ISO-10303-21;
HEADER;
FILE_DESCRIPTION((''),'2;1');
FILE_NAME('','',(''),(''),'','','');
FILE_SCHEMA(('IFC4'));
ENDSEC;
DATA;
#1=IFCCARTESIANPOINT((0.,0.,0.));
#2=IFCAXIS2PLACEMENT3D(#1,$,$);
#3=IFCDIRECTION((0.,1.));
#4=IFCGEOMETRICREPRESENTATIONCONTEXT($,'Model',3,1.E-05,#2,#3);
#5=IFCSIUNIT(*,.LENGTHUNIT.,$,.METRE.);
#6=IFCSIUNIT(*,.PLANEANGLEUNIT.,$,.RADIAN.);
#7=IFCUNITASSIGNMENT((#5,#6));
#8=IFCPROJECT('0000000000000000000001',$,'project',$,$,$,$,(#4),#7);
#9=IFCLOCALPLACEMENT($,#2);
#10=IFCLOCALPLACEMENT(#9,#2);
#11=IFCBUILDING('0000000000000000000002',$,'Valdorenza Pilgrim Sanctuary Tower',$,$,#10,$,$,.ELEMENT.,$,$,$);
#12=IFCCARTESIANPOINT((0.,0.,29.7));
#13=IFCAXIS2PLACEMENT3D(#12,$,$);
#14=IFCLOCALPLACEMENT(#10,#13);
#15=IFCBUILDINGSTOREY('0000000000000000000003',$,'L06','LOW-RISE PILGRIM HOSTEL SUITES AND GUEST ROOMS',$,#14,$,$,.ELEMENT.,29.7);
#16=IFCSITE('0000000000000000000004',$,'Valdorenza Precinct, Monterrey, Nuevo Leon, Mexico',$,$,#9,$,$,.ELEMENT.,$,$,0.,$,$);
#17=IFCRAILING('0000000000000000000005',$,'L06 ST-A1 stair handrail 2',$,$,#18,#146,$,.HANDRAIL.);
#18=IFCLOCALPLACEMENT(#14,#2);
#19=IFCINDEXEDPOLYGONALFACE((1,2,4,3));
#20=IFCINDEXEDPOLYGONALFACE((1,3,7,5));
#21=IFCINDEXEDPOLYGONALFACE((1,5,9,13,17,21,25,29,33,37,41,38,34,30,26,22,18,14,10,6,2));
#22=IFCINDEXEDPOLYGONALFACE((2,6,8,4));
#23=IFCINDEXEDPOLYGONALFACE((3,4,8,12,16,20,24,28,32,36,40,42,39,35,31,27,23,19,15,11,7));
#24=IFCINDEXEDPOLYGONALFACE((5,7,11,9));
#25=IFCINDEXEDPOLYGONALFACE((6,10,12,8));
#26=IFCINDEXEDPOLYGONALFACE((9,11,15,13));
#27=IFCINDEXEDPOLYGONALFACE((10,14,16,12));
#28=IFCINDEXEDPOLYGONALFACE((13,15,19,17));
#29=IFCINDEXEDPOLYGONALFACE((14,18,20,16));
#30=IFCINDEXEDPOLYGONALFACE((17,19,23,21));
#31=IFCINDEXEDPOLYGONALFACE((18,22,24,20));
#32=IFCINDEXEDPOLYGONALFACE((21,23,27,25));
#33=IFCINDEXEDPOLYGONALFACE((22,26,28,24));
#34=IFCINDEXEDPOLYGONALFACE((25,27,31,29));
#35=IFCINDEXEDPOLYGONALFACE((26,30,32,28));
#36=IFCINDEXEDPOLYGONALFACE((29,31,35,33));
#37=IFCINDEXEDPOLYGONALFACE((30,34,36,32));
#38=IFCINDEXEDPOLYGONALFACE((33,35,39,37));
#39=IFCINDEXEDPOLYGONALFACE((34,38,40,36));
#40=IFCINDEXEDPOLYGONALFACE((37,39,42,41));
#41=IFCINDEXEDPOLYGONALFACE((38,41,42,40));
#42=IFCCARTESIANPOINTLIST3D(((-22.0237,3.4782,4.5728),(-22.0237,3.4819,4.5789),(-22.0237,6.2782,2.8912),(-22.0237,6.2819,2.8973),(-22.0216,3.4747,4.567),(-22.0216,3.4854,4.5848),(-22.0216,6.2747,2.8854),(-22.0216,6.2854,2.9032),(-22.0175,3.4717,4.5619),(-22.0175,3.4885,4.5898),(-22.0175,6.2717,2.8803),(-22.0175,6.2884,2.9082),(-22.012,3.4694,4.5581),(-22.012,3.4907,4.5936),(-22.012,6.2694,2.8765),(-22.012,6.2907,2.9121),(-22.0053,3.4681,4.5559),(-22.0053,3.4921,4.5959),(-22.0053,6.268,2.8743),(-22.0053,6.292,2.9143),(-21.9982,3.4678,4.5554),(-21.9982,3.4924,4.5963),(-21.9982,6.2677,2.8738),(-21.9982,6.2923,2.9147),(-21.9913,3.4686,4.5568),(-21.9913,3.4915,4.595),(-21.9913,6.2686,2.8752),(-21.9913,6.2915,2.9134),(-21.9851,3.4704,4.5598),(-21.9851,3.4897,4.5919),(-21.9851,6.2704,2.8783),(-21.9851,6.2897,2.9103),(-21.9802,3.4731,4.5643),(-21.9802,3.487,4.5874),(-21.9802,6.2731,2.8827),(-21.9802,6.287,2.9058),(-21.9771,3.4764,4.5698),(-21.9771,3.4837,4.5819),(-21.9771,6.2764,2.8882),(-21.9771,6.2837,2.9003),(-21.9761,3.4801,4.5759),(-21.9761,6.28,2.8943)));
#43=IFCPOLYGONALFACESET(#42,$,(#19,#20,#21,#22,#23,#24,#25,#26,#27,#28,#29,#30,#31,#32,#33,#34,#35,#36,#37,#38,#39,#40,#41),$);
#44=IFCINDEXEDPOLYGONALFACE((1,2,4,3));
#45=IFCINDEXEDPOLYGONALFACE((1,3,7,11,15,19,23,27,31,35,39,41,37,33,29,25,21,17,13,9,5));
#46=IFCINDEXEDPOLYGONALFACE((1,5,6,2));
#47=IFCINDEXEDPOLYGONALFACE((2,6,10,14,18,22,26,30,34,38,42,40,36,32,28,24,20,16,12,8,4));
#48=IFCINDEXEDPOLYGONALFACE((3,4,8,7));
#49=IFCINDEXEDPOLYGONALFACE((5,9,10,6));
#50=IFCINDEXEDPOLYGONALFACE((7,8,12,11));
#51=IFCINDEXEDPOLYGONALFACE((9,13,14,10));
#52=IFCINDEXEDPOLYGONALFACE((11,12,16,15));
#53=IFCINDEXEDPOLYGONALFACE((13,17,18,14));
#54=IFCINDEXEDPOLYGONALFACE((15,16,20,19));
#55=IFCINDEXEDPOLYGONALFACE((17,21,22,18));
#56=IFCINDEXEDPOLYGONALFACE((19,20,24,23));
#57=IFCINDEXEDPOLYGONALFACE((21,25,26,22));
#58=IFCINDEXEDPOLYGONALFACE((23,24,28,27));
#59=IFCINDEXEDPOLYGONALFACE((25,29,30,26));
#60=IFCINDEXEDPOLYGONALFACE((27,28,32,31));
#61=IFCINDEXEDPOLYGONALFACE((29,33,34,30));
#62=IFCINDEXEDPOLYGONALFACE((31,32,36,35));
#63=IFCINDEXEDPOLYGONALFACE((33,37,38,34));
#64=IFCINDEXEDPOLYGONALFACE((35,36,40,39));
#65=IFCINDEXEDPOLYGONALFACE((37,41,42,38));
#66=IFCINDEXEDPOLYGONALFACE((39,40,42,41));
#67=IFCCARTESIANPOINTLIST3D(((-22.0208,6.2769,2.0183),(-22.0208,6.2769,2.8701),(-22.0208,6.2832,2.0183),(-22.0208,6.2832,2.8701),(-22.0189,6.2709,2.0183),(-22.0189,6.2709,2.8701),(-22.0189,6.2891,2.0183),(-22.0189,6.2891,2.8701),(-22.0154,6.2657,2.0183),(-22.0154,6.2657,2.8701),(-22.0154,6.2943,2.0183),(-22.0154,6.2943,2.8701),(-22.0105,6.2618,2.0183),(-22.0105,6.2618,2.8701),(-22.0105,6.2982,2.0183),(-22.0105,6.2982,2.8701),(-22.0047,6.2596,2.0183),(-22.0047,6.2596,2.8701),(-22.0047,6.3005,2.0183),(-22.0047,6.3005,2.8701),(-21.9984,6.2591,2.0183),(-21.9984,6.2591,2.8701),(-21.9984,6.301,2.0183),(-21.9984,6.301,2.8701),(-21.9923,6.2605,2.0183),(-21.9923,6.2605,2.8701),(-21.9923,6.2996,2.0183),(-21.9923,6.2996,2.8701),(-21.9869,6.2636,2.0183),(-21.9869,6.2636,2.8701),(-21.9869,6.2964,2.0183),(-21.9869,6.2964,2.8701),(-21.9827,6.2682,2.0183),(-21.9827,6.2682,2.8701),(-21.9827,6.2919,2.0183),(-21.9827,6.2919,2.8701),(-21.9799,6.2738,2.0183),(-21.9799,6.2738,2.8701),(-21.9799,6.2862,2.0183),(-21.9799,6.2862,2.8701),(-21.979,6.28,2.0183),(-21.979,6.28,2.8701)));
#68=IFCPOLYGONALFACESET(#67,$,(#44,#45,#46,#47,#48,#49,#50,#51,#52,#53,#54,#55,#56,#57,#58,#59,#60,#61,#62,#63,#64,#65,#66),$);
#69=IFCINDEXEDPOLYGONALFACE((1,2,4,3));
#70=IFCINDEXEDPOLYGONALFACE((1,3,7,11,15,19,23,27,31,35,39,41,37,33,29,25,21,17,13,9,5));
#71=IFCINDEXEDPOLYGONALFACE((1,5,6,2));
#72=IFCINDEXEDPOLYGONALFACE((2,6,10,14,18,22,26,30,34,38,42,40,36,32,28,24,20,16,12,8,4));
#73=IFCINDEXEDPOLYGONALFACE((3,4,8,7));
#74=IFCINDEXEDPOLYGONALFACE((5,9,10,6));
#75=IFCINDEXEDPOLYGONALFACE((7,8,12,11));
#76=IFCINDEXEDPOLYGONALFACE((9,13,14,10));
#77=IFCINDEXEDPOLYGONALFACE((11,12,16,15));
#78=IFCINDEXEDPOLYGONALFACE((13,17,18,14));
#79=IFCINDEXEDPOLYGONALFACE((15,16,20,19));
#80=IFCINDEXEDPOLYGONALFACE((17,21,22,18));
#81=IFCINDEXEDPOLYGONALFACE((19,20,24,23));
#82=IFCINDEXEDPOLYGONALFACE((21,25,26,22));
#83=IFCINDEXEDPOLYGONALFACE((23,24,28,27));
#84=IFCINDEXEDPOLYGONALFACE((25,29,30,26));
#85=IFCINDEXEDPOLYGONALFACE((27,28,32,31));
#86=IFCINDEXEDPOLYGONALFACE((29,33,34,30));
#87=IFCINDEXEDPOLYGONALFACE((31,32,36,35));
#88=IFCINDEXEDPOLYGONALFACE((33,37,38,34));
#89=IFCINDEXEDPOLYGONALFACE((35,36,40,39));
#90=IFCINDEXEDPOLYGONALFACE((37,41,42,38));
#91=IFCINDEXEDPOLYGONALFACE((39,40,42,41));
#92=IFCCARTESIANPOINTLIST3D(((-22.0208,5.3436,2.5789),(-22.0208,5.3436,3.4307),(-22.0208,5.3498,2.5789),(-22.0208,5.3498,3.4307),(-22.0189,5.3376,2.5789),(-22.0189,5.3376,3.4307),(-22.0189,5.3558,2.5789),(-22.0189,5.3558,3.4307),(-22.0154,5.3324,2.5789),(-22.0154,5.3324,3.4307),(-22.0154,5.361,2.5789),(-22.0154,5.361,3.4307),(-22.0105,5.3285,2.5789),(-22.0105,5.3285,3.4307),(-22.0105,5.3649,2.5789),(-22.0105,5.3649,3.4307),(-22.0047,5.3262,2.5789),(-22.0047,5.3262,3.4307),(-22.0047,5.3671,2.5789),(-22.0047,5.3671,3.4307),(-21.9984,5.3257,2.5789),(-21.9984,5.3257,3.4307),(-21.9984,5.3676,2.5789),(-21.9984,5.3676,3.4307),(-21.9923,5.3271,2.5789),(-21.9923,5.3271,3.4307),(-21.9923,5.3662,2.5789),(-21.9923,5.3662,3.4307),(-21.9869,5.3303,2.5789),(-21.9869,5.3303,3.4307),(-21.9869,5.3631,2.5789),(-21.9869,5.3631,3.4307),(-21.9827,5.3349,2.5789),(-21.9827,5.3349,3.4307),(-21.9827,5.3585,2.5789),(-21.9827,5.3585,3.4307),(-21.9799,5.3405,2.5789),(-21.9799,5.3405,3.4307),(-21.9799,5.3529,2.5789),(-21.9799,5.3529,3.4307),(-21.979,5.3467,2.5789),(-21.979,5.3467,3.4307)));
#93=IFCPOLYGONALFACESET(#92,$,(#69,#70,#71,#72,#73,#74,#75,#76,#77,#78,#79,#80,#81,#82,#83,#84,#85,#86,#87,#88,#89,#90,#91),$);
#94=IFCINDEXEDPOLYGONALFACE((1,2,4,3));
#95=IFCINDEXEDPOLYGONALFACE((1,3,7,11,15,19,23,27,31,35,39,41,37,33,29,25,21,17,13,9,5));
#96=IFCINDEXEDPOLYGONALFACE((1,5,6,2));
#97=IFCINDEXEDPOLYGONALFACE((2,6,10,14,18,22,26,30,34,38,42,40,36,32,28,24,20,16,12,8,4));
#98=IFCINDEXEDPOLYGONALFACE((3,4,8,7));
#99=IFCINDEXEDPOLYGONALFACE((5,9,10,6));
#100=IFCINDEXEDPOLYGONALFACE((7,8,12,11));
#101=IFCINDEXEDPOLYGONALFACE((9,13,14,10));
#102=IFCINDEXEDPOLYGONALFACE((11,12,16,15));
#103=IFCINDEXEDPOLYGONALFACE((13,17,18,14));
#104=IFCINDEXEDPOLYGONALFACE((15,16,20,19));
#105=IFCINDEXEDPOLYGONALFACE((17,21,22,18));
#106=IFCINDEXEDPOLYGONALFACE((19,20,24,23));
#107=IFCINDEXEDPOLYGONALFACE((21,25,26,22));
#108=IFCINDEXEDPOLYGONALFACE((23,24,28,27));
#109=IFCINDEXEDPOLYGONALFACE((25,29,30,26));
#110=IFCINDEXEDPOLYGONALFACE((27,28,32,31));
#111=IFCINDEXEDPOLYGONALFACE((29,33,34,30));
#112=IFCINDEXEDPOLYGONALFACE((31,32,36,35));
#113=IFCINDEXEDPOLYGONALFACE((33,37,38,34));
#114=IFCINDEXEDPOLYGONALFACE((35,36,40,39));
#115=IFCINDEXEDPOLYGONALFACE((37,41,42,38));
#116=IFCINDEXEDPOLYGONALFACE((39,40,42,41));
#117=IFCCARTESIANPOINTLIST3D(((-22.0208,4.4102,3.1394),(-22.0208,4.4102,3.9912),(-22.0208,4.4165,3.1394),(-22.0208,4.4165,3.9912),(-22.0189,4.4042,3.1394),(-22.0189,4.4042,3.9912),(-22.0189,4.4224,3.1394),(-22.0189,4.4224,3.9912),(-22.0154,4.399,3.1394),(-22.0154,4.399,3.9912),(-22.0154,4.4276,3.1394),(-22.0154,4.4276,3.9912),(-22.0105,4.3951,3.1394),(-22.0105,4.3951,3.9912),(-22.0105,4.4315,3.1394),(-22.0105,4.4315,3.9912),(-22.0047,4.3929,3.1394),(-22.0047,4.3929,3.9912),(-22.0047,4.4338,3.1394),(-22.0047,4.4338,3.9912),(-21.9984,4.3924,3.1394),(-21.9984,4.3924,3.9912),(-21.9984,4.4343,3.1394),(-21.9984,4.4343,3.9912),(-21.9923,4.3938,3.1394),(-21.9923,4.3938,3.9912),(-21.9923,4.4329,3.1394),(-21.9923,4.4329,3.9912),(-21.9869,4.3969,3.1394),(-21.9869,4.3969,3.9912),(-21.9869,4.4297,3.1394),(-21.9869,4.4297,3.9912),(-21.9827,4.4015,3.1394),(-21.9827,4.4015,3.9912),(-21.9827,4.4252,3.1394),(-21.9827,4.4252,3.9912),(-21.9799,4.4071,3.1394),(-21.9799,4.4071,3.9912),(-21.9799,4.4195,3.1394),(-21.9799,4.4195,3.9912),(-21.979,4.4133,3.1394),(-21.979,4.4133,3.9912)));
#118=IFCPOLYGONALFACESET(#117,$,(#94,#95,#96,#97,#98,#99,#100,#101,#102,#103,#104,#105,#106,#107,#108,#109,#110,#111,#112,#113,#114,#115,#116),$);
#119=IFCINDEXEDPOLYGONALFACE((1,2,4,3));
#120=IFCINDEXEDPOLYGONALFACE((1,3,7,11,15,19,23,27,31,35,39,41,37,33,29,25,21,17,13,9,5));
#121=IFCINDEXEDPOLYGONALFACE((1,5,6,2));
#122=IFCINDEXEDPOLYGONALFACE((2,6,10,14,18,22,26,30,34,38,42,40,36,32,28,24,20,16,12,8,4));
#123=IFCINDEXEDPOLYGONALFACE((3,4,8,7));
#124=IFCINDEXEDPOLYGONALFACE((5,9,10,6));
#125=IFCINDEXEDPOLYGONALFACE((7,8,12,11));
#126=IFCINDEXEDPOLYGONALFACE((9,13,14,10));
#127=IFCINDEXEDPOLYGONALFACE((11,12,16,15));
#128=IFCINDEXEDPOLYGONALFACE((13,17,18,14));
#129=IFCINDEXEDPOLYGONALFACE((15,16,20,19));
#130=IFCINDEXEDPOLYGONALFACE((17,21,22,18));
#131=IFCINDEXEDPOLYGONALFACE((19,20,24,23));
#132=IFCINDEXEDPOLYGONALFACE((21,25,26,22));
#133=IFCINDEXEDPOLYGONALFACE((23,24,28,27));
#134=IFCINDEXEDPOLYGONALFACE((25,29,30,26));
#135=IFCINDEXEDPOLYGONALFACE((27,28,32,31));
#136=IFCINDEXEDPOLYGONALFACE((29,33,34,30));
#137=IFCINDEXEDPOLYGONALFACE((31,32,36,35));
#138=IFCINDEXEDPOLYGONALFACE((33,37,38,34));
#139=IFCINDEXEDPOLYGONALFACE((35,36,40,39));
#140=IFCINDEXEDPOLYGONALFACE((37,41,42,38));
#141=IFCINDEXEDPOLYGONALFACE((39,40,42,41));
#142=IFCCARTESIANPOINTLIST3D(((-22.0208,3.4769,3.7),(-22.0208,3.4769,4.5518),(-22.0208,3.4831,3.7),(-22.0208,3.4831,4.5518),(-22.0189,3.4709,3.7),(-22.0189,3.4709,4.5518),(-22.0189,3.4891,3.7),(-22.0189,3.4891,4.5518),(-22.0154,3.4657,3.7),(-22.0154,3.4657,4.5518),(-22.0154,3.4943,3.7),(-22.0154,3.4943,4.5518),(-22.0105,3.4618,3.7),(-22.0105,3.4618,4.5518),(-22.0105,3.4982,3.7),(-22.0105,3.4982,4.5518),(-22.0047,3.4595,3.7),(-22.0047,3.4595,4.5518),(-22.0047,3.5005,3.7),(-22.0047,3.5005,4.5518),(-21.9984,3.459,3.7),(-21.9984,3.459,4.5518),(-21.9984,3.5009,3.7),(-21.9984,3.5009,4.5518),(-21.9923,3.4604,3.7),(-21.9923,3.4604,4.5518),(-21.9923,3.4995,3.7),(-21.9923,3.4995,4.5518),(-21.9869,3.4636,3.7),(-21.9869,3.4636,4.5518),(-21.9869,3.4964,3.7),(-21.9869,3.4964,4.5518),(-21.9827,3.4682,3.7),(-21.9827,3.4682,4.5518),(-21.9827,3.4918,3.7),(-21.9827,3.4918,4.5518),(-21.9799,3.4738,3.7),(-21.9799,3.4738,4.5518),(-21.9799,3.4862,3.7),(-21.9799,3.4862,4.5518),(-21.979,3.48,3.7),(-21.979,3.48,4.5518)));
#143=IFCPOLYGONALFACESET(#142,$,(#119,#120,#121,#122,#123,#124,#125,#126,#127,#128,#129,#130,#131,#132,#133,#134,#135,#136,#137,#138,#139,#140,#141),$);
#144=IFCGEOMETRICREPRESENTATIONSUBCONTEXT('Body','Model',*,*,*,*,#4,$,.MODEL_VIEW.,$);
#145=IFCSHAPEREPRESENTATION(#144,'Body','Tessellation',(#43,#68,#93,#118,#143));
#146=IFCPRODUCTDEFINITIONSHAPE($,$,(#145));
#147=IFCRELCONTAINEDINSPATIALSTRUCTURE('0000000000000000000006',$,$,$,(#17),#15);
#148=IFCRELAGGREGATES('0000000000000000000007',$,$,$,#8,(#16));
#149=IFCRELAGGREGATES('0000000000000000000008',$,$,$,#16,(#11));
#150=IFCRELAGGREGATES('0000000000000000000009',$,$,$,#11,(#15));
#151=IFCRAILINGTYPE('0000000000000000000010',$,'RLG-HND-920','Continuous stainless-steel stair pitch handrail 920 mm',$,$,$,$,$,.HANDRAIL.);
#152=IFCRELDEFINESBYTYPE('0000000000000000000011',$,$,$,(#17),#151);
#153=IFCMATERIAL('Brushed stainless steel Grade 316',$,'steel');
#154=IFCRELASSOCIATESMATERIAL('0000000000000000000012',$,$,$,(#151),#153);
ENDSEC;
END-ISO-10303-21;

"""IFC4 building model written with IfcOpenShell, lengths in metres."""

from ifc_helpers import new_model, si_unit, direction, frame, origin, origin_2d, place, context, subcontext, project, spatial, circle, extrude, material, type_object, element, save


model = new_model("IFC4")

# Units and contexts
model_context = context("Model", 3, precision=1e-05, world=origin(), true_north=direction((0.0, 1.0)))
body_context = subcontext(model_context, "Body", "Model", "MODEL_VIEW")
ifc_project = project(units=[si_unit("LENGTHUNIT", "METRE"), si_unit("PLANEANGLEUNIT", "RADIAN")], contexts=[model_context])

# Site, building, storey
site_placement = place(None, origin())
site = spatial("IfcSite", under=ifc_project, at=site_placement, Name="Valdorenza Precinct, Monterrey, Nuevo Leon, Mexico", CompositionType="ELEMENT", RefElevation=0.0)
building_placement = place(site_placement, origin())
building = spatial("IfcBuilding", under=site, at=building_placement, Name="Valdorenza Pilgrim Sanctuary Tower", CompositionType="ELEMENT")
storey_placement = place(building_placement, frame((0.0, 0.0, 29.7)))
storey = spatial("IfcBuildingStorey", under=building, at=storey_placement, Name="L06", Description="LOW-RISE PILGRIM HOSTEL SUITES AND GUEST ROOMS", CompositionType="ELEMENT", Elevation=29.7)

# Railing
ifc_material_1 = material(Name="Brushed stainless steel Grade 316", Category="steel")
railing_type_1 = type_object("IfcRailingType", Name="RLG-HND-920", Description="Continuous stainless-steel stair pitch handrail 920 mm", PredefinedType="HANDRAIL", material=ifc_material_1)
railing_1_placement = place(storey_placement, frame((-22.0, 6.28, 2.0183)))
element("IfcRailing", 1, at=railing_1_placement, inside=storey, type_object=railing_type_1, Name="L06 ST-A1 stair handrail 2", PredefinedType="HANDRAIL", context=body_context, shape_type="SweptSolid", body=[
    extrude(circle(Radius=0.0239, at=origin_2d()), frame((0.0, 0.0, 0.876), z_axis=(0.0, -0.857275, 0.514858), x_axis=(1.0, 0.0, 0.0)), (0.0, 0.0, 1.0), 3.2661),
    extrude(circle(Radius=0.021, at=origin_2d()), origin(), (0.0, 0.0, 1.0), 0.8518),
    extrude(circle(Radius=0.021, at=origin_2d()), frame((0.0, -0.9333, 0.5605)), (0.0, 0.0, 1.0), 0.8518),
    extrude(circle(Radius=0.021, at=origin_2d()), frame((0.0, -1.8667, 1.1211)), (0.0, 0.0, 1.0), 0.8518),
    extrude(circle(Radius=0.021, at=origin_2d()), frame((0.0, -2.8, 1.6816)), (0.0, 0.0, 1.0), 0.8518),
])

save(model, "model.ifc")
